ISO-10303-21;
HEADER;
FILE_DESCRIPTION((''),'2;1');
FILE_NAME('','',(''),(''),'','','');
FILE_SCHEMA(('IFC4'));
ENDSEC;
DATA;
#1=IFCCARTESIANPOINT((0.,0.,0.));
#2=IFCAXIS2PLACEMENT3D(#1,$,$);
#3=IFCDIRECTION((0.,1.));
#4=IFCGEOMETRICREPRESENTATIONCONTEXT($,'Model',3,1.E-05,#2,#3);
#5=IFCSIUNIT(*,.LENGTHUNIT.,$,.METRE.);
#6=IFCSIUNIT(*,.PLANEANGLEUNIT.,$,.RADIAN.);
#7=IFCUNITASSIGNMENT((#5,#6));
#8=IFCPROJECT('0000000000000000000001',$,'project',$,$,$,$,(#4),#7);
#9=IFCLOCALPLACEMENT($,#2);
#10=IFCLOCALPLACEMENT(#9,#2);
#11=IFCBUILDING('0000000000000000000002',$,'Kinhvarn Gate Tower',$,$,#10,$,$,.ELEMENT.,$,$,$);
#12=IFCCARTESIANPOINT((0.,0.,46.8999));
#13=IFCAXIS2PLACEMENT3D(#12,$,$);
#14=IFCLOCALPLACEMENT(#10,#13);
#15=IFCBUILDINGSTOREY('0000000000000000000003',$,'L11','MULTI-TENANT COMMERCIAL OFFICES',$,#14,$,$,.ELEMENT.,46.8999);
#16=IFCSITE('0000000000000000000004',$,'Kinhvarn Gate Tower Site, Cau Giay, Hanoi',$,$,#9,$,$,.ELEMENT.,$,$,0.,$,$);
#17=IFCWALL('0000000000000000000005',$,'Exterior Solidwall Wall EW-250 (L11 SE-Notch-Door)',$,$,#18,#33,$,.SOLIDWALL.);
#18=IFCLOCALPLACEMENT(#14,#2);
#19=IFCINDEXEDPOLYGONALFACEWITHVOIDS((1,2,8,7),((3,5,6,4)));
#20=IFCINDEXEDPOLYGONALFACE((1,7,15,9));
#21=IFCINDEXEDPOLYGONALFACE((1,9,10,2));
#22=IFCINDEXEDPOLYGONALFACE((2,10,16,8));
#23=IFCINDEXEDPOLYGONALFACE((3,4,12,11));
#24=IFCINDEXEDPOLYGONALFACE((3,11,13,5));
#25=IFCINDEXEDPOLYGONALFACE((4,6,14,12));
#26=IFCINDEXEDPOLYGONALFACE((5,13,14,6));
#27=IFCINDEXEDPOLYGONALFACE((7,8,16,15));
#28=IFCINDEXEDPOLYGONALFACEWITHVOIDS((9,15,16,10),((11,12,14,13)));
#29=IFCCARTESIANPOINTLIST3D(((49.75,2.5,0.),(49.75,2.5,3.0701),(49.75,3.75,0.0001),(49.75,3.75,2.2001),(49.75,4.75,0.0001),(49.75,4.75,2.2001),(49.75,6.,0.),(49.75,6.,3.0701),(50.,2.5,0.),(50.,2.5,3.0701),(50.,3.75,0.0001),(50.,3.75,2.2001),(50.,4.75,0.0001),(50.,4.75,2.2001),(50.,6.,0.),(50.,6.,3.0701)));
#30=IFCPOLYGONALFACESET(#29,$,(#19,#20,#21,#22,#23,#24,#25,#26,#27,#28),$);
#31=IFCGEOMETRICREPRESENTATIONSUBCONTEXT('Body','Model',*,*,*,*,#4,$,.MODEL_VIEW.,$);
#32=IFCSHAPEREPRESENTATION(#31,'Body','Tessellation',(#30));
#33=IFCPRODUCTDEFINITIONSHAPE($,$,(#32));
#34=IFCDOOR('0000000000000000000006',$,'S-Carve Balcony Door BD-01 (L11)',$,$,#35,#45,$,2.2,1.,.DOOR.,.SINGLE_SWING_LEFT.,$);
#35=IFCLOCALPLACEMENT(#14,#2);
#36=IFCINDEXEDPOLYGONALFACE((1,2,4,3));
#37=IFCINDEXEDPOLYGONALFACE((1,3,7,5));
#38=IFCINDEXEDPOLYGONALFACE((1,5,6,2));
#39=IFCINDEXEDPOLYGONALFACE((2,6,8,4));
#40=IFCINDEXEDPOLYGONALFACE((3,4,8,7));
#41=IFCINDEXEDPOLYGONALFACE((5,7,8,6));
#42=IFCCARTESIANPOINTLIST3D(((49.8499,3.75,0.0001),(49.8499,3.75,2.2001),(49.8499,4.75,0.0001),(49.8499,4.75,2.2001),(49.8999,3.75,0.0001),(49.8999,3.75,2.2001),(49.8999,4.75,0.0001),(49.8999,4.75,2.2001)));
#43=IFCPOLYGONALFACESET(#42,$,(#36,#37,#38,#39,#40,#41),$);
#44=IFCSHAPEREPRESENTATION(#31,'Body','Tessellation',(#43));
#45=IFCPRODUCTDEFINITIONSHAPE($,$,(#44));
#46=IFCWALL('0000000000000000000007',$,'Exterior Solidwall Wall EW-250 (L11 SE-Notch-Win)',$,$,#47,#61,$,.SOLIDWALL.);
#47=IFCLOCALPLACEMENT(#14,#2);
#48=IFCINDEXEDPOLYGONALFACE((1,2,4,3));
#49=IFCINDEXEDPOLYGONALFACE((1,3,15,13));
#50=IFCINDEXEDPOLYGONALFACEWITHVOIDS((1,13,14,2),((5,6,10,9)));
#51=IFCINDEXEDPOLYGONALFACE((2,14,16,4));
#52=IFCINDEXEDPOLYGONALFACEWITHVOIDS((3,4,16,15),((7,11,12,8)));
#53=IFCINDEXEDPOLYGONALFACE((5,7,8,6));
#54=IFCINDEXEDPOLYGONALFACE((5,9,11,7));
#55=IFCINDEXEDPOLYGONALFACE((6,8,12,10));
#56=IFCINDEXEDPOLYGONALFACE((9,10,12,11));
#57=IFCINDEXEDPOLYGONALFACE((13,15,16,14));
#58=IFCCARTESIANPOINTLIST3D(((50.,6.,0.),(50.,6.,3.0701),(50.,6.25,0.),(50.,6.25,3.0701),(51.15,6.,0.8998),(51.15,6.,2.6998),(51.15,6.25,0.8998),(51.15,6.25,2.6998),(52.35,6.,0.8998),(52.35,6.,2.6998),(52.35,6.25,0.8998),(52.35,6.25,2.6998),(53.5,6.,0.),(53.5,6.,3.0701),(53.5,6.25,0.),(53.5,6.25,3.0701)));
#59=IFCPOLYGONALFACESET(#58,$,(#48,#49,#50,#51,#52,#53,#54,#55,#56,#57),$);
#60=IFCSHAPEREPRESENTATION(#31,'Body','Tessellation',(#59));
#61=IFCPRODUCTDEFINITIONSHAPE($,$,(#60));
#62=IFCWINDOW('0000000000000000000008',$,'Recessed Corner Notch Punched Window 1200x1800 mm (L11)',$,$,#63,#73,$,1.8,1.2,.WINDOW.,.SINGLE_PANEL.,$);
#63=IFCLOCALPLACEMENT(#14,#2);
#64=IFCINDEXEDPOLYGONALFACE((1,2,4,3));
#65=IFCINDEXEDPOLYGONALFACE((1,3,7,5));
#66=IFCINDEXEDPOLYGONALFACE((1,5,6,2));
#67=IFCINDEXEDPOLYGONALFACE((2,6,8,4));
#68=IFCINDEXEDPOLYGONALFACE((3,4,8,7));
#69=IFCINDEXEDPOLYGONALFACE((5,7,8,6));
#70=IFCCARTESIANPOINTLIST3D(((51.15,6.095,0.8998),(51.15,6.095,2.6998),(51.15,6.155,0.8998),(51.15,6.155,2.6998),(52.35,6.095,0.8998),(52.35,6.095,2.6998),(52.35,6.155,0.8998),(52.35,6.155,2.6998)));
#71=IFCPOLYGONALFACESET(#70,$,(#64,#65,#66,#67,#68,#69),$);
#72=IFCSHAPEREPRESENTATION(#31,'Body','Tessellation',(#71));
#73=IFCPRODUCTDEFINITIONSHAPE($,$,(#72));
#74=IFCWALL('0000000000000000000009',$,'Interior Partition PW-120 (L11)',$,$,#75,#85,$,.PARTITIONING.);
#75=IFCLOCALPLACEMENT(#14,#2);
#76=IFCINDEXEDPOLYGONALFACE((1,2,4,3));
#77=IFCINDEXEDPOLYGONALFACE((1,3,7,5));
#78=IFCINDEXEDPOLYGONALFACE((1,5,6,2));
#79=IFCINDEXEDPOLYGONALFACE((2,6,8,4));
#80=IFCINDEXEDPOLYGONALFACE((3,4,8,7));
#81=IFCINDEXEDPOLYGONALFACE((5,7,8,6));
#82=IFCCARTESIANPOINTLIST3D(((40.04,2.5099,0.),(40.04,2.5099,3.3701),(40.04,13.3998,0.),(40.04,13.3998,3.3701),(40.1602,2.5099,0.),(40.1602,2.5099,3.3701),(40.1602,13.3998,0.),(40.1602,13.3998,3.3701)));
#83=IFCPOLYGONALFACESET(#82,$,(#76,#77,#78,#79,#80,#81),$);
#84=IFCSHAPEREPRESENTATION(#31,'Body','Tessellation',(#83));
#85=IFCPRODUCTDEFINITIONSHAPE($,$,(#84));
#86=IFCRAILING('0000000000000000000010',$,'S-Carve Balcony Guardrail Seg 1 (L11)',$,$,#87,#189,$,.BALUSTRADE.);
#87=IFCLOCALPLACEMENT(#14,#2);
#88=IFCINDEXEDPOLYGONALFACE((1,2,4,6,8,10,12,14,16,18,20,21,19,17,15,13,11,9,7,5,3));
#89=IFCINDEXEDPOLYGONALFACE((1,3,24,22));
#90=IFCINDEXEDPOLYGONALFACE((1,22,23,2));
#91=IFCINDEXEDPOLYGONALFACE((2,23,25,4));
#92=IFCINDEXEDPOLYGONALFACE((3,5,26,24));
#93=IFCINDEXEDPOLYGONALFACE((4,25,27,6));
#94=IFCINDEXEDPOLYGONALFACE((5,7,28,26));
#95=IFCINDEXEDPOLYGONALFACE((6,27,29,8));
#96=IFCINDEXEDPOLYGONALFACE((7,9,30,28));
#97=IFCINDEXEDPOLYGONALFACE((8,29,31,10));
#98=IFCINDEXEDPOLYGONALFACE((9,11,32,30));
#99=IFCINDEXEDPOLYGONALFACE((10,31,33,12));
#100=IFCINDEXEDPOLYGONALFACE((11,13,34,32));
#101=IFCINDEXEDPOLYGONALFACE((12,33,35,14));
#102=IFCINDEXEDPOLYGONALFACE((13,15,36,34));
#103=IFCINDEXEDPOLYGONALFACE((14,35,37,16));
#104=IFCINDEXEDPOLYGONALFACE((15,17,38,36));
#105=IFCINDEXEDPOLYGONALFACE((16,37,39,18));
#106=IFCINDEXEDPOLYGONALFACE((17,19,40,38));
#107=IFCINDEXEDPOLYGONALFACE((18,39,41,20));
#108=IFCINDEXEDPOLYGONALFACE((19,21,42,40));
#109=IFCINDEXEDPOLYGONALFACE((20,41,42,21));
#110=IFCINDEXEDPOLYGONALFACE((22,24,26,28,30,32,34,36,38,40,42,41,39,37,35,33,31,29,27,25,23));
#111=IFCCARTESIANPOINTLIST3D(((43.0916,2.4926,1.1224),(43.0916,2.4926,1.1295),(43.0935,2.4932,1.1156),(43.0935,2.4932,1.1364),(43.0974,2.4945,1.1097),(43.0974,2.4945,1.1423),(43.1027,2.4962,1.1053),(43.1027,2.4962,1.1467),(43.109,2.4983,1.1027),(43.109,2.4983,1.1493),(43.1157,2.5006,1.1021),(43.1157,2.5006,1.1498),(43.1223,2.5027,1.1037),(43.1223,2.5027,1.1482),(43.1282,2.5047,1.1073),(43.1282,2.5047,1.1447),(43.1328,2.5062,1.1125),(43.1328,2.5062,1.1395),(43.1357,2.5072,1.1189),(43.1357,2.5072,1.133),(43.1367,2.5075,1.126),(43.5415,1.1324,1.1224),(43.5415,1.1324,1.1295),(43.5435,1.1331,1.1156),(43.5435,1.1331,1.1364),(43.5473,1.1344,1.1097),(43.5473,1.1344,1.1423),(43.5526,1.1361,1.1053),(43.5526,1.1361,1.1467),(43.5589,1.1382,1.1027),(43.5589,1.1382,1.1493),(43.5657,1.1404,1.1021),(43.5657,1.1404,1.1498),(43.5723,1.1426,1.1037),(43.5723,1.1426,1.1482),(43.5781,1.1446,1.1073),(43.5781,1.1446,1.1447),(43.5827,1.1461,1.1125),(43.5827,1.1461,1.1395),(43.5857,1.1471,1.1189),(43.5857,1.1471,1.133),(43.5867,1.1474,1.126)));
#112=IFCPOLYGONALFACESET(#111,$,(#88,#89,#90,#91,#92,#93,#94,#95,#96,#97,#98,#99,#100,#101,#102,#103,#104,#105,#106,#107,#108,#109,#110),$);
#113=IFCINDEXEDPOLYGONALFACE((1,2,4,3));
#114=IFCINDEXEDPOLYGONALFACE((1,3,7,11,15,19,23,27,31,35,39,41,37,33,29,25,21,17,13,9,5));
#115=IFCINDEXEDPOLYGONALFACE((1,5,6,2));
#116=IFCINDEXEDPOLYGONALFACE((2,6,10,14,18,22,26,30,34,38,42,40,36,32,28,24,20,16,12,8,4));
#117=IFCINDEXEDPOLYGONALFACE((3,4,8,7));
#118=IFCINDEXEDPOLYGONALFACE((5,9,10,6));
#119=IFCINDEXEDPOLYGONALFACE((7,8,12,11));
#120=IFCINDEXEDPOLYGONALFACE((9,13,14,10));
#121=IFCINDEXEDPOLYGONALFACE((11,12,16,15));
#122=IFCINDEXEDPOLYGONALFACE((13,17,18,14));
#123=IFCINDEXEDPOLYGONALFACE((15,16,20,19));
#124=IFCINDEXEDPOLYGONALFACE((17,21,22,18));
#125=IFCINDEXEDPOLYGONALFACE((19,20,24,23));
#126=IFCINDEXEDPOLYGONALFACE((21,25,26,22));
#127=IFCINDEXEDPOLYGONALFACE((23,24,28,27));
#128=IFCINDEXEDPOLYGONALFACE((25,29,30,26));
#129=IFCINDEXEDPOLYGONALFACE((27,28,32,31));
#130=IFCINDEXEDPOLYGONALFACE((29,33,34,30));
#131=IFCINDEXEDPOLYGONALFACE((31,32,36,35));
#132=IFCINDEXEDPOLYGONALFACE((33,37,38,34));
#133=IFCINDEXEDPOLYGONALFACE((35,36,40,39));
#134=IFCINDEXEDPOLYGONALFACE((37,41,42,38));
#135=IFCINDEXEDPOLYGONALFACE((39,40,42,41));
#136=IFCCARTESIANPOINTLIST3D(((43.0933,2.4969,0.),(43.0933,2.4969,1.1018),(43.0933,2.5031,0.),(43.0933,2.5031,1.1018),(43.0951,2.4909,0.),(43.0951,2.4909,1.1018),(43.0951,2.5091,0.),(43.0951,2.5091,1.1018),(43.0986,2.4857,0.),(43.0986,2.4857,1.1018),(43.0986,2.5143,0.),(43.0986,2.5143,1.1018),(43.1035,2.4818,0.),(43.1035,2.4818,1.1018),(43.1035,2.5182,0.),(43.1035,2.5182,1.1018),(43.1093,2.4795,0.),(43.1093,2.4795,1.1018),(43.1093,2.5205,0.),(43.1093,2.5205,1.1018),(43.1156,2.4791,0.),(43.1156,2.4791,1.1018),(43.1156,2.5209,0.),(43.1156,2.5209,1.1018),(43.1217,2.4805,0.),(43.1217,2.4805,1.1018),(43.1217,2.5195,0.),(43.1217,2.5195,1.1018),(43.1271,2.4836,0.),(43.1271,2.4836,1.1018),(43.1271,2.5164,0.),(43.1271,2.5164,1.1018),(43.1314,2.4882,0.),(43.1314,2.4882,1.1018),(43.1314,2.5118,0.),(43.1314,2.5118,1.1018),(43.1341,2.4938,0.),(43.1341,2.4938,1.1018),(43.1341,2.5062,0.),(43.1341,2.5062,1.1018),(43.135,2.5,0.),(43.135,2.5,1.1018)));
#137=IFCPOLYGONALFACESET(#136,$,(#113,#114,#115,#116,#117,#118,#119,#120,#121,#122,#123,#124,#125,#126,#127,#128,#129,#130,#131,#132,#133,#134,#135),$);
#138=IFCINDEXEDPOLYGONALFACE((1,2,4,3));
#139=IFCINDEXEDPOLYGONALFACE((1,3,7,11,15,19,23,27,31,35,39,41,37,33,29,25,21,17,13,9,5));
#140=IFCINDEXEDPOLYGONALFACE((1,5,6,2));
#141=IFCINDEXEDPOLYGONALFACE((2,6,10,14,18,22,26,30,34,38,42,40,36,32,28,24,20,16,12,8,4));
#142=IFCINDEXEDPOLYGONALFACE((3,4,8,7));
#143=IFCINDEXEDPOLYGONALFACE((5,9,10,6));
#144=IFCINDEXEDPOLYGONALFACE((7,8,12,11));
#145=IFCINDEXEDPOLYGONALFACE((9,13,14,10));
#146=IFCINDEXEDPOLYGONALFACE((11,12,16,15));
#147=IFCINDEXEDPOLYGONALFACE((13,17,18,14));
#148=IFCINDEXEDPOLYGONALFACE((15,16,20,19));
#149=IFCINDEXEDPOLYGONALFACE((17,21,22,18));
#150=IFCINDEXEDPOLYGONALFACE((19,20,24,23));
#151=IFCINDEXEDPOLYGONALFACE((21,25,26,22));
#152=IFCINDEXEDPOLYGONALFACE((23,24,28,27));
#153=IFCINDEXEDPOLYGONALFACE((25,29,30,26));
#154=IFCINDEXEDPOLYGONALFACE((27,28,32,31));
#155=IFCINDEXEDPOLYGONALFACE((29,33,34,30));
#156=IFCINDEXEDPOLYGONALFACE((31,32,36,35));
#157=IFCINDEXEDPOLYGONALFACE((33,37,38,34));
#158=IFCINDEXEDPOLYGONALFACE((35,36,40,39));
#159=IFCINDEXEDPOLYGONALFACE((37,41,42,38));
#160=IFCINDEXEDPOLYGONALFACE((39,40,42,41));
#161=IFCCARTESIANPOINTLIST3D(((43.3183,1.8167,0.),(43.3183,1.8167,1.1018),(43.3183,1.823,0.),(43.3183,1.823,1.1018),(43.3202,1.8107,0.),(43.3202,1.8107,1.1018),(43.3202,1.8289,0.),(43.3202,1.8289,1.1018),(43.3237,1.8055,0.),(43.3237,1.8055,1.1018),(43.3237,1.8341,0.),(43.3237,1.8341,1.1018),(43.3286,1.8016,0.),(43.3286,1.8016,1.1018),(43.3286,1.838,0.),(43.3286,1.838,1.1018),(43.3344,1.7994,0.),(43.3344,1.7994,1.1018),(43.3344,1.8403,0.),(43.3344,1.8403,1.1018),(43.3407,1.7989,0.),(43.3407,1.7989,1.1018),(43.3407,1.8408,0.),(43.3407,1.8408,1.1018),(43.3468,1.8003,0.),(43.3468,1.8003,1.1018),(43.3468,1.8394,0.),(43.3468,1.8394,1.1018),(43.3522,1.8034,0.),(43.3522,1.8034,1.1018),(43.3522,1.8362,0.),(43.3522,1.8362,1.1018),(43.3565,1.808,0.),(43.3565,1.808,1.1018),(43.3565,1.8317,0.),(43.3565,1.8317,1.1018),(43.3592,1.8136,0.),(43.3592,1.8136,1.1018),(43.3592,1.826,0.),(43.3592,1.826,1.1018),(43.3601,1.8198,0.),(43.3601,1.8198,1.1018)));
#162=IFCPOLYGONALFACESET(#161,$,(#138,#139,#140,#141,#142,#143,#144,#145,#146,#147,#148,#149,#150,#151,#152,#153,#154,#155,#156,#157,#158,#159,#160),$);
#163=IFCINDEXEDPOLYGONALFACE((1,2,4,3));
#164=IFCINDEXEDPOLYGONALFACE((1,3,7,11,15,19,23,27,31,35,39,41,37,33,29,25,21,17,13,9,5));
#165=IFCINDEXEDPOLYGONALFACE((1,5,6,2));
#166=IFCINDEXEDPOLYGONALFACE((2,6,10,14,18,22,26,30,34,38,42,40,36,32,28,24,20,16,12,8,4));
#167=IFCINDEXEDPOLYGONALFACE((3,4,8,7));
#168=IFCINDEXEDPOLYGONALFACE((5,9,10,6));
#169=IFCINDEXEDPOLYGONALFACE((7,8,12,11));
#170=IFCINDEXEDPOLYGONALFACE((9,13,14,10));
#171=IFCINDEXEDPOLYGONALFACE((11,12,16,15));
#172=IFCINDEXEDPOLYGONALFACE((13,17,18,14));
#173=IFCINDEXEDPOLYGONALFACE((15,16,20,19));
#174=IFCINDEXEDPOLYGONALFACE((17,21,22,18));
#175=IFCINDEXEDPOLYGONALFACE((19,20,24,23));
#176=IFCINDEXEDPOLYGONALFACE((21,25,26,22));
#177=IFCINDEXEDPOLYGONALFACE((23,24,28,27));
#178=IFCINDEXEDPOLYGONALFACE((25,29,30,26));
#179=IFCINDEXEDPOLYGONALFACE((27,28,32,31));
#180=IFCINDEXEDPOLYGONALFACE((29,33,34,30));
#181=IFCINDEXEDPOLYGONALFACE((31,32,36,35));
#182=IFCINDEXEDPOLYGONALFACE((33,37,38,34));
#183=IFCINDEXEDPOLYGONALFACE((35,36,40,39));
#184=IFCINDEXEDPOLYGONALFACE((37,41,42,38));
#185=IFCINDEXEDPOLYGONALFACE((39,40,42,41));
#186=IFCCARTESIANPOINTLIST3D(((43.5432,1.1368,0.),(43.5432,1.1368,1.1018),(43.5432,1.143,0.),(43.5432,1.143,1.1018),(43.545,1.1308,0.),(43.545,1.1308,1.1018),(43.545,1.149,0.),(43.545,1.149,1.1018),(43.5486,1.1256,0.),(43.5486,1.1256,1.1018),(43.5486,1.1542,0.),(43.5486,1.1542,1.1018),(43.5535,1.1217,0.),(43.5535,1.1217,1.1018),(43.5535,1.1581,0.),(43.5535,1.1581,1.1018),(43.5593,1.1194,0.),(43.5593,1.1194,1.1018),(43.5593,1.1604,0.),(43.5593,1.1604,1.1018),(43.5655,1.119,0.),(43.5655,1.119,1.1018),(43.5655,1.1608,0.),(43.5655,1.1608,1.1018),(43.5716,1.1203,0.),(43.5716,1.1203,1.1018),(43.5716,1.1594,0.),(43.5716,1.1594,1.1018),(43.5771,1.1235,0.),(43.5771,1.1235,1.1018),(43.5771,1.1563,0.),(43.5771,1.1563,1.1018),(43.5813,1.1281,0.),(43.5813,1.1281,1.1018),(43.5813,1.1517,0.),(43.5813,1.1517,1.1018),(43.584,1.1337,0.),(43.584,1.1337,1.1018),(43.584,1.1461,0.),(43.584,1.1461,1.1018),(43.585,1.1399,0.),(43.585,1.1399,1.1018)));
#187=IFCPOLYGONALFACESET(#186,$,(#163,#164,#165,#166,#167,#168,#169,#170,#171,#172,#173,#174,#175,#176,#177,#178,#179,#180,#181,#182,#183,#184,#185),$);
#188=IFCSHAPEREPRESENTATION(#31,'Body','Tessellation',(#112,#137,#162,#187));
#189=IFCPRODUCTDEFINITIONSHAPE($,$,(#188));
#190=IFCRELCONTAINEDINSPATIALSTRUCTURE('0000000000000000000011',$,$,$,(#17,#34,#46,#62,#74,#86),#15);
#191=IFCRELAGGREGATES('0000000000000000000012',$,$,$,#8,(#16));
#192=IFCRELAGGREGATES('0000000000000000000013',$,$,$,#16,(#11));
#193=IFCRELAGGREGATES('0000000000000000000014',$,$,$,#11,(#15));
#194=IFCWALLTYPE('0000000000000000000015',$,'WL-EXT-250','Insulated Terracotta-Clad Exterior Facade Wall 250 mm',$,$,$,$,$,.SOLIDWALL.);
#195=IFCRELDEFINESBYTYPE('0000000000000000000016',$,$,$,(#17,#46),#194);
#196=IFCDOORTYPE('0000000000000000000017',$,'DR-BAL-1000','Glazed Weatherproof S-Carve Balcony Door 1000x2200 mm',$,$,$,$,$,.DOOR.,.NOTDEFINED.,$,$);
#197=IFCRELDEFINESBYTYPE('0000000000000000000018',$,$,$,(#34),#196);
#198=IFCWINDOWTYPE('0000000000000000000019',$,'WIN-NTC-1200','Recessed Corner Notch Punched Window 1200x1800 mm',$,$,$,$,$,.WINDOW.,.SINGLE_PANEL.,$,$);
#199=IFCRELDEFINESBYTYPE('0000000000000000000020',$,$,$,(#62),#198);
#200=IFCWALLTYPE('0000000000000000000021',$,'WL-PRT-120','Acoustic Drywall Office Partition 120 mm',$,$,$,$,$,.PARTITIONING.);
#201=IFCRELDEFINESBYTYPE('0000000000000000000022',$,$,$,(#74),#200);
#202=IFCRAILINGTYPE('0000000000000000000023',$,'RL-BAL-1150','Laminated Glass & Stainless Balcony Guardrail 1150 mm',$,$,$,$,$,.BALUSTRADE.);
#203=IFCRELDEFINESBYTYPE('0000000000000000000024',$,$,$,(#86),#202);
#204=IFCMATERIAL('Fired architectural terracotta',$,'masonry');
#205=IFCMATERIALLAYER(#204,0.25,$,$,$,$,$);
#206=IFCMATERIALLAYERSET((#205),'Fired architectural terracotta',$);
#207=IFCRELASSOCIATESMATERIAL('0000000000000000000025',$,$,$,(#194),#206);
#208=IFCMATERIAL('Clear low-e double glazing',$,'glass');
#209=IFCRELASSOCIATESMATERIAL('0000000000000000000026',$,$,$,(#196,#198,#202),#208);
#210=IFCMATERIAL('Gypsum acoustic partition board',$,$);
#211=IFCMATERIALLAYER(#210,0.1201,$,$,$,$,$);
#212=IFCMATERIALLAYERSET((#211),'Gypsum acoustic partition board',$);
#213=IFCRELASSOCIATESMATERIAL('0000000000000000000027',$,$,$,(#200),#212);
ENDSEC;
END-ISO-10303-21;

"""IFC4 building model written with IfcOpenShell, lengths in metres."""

from ifc_helpers import new_model, si_unit, direction, frame, frame_2d, origin, origin_2d, place, context, subcontext, project, spatial, rectangle, circle, extrude, material, layer, layer_set, type_object, element, fill, save


model = new_model("IFC4")

# Units and contexts
model_context = context("Model", 3, precision=1e-05, world=origin(), true_north=direction((0.0, 1.0)))
body_context = subcontext(model_context, "Body", "Model", "MODEL_VIEW")
ifc_project = project(units=[si_unit("LENGTHUNIT", "METRE"), si_unit("PLANEANGLEUNIT", "RADIAN")], contexts=[model_context])

# Site, building, storey
site_placement = place(None, origin())
site = spatial("IfcSite", under=ifc_project, at=site_placement, Name="Kinhvarn Gate Tower Site, Cau Giay, Hanoi", CompositionType="ELEMENT", RefElevation=0.0)
building_placement = place(site_placement, origin())
building = spatial("IfcBuilding", under=site, at=building_placement, Name="Kinhvarn Gate Tower", CompositionType="ELEMENT")
storey_placement = place(building_placement, frame((0.0, 0.0, 46.8999)))
storey = spatial("IfcBuildingStorey", under=building, at=storey_placement, Name="L11", Description="MULTI-TENANT COMMERCIAL OFFICES", CompositionType="ELEMENT", Elevation=46.8999)

# Shared definitions
ifc_material_1 = material(Name="Clear low-e double glazing", Category="glass")

# Wall, opening, door
ifc_material_2 = material(Name="Fired architectural terracotta", Category="masonry")
ifc_layer_1 = layer(ifc_material_2, 0.25)
ifc_layer_set_1 = layer_set([ifc_layer_1], Name="Fired architectural terracotta")
wall_type_1 = type_object("IfcWallType", Name="WL-EXT-250", Description="Insulated Terracotta-Clad Exterior Facade Wall 250 mm", PredefinedType="SOLIDWALL", material=ifc_layer_set_1)
wall_1_placement = place(storey_placement, frame((49.875, 2.5, 0.0), z_axis=(0.0, 0.0, 1.0), x_axis=(0.0, 1.0, 0.0)))
wall_1 = element("IfcWall", 1, at=wall_1_placement, inside=storey, type_object=wall_type_1, Name="Exterior Solidwall Wall EW-250 (L11 SE-Notch-Door)", PredefinedType="SOLIDWALL", context=body_context, shape_type="SweptSolid", body=[
    extrude(rectangle(XDim=3.5, YDim=0.25, at=frame_2d((1.75, 0.0))), origin(), (0.0, 0.0, 1.0), 3.0701),
])
opening_1_placement = place(wall_1_placement, frame((1.25, 0.0, 0.0)))
opening_1 = element("IfcOpeningElement", 2, at=opening_1_placement, cuts=wall_1, PredefinedType="OPENING", context=body_context, shape_type="SweptSolid", body=[
    extrude(rectangle(XDim=1.0, YDim=2.2, at=frame_2d((0.5, 1.1001))), frame((0.0, 0.135, 0.0), z_axis=(0.0, -1.0, 0.0), x_axis=(1.0, 0.0, 0.0)), (0.0, 0.0, 1.0), 0.27),
])
door_type = type_object("IfcDoorType", Name="DR-BAL-1000", Description="Glazed Weatherproof S-Carve Balcony Door 1000x2200 mm", OperationType="NOTDEFINED", PredefinedType="DOOR", material=ifc_material_1)
door_placement = place(opening_1_placement, frame((1.0, 0.0, 0.0), z_axis=(0.0, 0.0, 1.0), x_axis=(-1.0, 0.0, 0.0)))
door = element("IfcDoor", 3, at=door_placement, inside=storey, type_object=door_type, Name="S-Carve Balcony Door BD-01 (L11)", OperationType="SINGLE_SWING_LEFT", OverallHeight=2.2, OverallWidth=1.0, PredefinedType="DOOR", context=body_context, shape_type="SweptSolid", body=[
    extrude(rectangle(XDim=1.0, YDim=2.2, at=frame_2d((0.5, 1.1001))), frame((0.0, 0.0249, 0.0), z_axis=(0.0, -1.0, 0.0), x_axis=(1.0, 0.0, 0.0)), (0.0, 0.0, 1.0), 0.05),
])
fill(opening_1, door)

# Wall, opening, window
wall_2_placement = place(storey_placement, frame((50.0, 6.125, 0.0), z_axis=(0.0, 0.0, 1.0), x_axis=(1.0, 0.0, 0.0)))
wall_2 = element("IfcWall", 4, at=wall_2_placement, inside=storey, type_object=wall_type_1, Name="Exterior Solidwall Wall EW-250 (L11 SE-Notch-Win)", PredefinedType="SOLIDWALL", context=body_context, shape_type="SweptSolid", body=[
    extrude(rectangle(XDim=3.5, YDim=0.25, at=frame_2d((1.75, 0.0))), origin(), (0.0, 0.0, 1.0), 3.0701),
])
opening_2_placement = place(wall_2_placement, frame((1.1499, 0.0, 0.8999)))
opening_2 = element("IfcOpeningElement", 5, at=opening_2_placement, cuts=wall_2, PredefinedType="OPENING", context=body_context, shape_type="SweptSolid", body=[
    extrude(rectangle(XDim=1.2, YDim=1.8, at=frame_2d((0.6001, 0.8999))), frame((0.0, 0.135, 0.0), z_axis=(0.0, -1.0, 0.0), x_axis=(1.0, 0.0, 0.0)), (0.0, 0.0, 1.0), 0.27),
])
window_type = type_object("IfcWindowType", Name="WIN-NTC-1200", Description="Recessed Corner Notch Punched Window 1200x1800 mm", PartitioningType="SINGLE_PANEL", PredefinedType="WINDOW", material=ifc_material_1)
window_placement = place(opening_2_placement, origin())
window = element("IfcWindow", 6, at=window_placement, inside=storey, type_object=window_type, Name="Recessed Corner Notch Punched Window 1200x1800 mm (L11)", OverallHeight=1.8, OverallWidth=1.2, PartitioningType="SINGLE_PANEL", PredefinedType="WINDOW", context=body_context, shape_type="SweptSolid", body=[
    extrude(rectangle(XDim=1.2, YDim=1.8, at=frame_2d((0.6001, 0.8999))), frame((0.0, 0.03, 0.0), z_axis=(0.0, -1.0, 0.0), x_axis=(1.0, 0.0, 0.0)), (0.0, 0.0, 1.0), 0.0601),
])
fill(opening_2, window)

# Wall
ifc_material_3 = material(Name="Gypsum acoustic partition board")
ifc_layer_2 = layer(ifc_material_3, 0.1201)
ifc_layer_set_2 = layer_set([ifc_layer_2], Name="Gypsum acoustic partition board")
wall_type_2 = type_object("IfcWallType", Name="WL-PRT-120", Description="Acoustic Drywall Office Partition 120 mm", PredefinedType="PARTITIONING", material=ifc_layer_set_2)
wall_3_placement = place(storey_placement, frame((40.1001, 2.51, 0.0), z_axis=(0.0, 0.0, 1.0), x_axis=(0.0, 1.0, 0.0)))
element("IfcWall", 7, at=wall_3_placement, inside=storey, type_object=wall_type_2, Name="Interior Partition PW-120 (L11)", PredefinedType="PARTITIONING", context=body_context, shape_type="SweptSolid", body=[
    extrude(rectangle(XDim=10.8899, YDim=0.1201, at=frame_2d((5.4448, 0.0))), origin(), (0.0, 0.0, 1.0), 3.3701),
])

# Railing
railing_type = type_object("IfcRailingType", Name="RL-BAL-1150", Description="Laminated Glass & Stainless Balcony Guardrail 1150 mm", PredefinedType="BALUSTRADE", material=ifc_material_1)
railing_1_placement = place(storey_placement, frame((43.114, 2.5, 0.0)))
element("IfcRailing", 8, at=railing_1_placement, inside=storey, type_object=railing_type, Name="S-Carve Balcony Guardrail Seg 1 (L11)", PredefinedType="BALUSTRADE", context=body_context, shape_type="SweptSolid", body=[
    extrude(circle(Radius=0.0239, at=origin_2d()), frame((0.0, 0.0, 1.126), z_axis=(0.31408, -0.949397, 0.0), x_axis=(0.949397, 0.31408, 0.0)), (0.0, 0.0, 1.0), 1.4326),
    extrude(circle(Radius=0.021, at=origin_2d()), origin(), (0.0, 0.0, 1.0), 1.1018),
    extrude(circle(Radius=0.021, at=origin_2d()), frame((0.2251, -0.6802, 0.0)), (0.0, 0.0, 1.0), 1.1018),
    extrude(circle(Radius=0.021, at=origin_2d()), frame((0.45, -1.3601, 0.0)), (0.0, 0.0, 1.0), 1.1018),
])

save(model, "model.ifc")
